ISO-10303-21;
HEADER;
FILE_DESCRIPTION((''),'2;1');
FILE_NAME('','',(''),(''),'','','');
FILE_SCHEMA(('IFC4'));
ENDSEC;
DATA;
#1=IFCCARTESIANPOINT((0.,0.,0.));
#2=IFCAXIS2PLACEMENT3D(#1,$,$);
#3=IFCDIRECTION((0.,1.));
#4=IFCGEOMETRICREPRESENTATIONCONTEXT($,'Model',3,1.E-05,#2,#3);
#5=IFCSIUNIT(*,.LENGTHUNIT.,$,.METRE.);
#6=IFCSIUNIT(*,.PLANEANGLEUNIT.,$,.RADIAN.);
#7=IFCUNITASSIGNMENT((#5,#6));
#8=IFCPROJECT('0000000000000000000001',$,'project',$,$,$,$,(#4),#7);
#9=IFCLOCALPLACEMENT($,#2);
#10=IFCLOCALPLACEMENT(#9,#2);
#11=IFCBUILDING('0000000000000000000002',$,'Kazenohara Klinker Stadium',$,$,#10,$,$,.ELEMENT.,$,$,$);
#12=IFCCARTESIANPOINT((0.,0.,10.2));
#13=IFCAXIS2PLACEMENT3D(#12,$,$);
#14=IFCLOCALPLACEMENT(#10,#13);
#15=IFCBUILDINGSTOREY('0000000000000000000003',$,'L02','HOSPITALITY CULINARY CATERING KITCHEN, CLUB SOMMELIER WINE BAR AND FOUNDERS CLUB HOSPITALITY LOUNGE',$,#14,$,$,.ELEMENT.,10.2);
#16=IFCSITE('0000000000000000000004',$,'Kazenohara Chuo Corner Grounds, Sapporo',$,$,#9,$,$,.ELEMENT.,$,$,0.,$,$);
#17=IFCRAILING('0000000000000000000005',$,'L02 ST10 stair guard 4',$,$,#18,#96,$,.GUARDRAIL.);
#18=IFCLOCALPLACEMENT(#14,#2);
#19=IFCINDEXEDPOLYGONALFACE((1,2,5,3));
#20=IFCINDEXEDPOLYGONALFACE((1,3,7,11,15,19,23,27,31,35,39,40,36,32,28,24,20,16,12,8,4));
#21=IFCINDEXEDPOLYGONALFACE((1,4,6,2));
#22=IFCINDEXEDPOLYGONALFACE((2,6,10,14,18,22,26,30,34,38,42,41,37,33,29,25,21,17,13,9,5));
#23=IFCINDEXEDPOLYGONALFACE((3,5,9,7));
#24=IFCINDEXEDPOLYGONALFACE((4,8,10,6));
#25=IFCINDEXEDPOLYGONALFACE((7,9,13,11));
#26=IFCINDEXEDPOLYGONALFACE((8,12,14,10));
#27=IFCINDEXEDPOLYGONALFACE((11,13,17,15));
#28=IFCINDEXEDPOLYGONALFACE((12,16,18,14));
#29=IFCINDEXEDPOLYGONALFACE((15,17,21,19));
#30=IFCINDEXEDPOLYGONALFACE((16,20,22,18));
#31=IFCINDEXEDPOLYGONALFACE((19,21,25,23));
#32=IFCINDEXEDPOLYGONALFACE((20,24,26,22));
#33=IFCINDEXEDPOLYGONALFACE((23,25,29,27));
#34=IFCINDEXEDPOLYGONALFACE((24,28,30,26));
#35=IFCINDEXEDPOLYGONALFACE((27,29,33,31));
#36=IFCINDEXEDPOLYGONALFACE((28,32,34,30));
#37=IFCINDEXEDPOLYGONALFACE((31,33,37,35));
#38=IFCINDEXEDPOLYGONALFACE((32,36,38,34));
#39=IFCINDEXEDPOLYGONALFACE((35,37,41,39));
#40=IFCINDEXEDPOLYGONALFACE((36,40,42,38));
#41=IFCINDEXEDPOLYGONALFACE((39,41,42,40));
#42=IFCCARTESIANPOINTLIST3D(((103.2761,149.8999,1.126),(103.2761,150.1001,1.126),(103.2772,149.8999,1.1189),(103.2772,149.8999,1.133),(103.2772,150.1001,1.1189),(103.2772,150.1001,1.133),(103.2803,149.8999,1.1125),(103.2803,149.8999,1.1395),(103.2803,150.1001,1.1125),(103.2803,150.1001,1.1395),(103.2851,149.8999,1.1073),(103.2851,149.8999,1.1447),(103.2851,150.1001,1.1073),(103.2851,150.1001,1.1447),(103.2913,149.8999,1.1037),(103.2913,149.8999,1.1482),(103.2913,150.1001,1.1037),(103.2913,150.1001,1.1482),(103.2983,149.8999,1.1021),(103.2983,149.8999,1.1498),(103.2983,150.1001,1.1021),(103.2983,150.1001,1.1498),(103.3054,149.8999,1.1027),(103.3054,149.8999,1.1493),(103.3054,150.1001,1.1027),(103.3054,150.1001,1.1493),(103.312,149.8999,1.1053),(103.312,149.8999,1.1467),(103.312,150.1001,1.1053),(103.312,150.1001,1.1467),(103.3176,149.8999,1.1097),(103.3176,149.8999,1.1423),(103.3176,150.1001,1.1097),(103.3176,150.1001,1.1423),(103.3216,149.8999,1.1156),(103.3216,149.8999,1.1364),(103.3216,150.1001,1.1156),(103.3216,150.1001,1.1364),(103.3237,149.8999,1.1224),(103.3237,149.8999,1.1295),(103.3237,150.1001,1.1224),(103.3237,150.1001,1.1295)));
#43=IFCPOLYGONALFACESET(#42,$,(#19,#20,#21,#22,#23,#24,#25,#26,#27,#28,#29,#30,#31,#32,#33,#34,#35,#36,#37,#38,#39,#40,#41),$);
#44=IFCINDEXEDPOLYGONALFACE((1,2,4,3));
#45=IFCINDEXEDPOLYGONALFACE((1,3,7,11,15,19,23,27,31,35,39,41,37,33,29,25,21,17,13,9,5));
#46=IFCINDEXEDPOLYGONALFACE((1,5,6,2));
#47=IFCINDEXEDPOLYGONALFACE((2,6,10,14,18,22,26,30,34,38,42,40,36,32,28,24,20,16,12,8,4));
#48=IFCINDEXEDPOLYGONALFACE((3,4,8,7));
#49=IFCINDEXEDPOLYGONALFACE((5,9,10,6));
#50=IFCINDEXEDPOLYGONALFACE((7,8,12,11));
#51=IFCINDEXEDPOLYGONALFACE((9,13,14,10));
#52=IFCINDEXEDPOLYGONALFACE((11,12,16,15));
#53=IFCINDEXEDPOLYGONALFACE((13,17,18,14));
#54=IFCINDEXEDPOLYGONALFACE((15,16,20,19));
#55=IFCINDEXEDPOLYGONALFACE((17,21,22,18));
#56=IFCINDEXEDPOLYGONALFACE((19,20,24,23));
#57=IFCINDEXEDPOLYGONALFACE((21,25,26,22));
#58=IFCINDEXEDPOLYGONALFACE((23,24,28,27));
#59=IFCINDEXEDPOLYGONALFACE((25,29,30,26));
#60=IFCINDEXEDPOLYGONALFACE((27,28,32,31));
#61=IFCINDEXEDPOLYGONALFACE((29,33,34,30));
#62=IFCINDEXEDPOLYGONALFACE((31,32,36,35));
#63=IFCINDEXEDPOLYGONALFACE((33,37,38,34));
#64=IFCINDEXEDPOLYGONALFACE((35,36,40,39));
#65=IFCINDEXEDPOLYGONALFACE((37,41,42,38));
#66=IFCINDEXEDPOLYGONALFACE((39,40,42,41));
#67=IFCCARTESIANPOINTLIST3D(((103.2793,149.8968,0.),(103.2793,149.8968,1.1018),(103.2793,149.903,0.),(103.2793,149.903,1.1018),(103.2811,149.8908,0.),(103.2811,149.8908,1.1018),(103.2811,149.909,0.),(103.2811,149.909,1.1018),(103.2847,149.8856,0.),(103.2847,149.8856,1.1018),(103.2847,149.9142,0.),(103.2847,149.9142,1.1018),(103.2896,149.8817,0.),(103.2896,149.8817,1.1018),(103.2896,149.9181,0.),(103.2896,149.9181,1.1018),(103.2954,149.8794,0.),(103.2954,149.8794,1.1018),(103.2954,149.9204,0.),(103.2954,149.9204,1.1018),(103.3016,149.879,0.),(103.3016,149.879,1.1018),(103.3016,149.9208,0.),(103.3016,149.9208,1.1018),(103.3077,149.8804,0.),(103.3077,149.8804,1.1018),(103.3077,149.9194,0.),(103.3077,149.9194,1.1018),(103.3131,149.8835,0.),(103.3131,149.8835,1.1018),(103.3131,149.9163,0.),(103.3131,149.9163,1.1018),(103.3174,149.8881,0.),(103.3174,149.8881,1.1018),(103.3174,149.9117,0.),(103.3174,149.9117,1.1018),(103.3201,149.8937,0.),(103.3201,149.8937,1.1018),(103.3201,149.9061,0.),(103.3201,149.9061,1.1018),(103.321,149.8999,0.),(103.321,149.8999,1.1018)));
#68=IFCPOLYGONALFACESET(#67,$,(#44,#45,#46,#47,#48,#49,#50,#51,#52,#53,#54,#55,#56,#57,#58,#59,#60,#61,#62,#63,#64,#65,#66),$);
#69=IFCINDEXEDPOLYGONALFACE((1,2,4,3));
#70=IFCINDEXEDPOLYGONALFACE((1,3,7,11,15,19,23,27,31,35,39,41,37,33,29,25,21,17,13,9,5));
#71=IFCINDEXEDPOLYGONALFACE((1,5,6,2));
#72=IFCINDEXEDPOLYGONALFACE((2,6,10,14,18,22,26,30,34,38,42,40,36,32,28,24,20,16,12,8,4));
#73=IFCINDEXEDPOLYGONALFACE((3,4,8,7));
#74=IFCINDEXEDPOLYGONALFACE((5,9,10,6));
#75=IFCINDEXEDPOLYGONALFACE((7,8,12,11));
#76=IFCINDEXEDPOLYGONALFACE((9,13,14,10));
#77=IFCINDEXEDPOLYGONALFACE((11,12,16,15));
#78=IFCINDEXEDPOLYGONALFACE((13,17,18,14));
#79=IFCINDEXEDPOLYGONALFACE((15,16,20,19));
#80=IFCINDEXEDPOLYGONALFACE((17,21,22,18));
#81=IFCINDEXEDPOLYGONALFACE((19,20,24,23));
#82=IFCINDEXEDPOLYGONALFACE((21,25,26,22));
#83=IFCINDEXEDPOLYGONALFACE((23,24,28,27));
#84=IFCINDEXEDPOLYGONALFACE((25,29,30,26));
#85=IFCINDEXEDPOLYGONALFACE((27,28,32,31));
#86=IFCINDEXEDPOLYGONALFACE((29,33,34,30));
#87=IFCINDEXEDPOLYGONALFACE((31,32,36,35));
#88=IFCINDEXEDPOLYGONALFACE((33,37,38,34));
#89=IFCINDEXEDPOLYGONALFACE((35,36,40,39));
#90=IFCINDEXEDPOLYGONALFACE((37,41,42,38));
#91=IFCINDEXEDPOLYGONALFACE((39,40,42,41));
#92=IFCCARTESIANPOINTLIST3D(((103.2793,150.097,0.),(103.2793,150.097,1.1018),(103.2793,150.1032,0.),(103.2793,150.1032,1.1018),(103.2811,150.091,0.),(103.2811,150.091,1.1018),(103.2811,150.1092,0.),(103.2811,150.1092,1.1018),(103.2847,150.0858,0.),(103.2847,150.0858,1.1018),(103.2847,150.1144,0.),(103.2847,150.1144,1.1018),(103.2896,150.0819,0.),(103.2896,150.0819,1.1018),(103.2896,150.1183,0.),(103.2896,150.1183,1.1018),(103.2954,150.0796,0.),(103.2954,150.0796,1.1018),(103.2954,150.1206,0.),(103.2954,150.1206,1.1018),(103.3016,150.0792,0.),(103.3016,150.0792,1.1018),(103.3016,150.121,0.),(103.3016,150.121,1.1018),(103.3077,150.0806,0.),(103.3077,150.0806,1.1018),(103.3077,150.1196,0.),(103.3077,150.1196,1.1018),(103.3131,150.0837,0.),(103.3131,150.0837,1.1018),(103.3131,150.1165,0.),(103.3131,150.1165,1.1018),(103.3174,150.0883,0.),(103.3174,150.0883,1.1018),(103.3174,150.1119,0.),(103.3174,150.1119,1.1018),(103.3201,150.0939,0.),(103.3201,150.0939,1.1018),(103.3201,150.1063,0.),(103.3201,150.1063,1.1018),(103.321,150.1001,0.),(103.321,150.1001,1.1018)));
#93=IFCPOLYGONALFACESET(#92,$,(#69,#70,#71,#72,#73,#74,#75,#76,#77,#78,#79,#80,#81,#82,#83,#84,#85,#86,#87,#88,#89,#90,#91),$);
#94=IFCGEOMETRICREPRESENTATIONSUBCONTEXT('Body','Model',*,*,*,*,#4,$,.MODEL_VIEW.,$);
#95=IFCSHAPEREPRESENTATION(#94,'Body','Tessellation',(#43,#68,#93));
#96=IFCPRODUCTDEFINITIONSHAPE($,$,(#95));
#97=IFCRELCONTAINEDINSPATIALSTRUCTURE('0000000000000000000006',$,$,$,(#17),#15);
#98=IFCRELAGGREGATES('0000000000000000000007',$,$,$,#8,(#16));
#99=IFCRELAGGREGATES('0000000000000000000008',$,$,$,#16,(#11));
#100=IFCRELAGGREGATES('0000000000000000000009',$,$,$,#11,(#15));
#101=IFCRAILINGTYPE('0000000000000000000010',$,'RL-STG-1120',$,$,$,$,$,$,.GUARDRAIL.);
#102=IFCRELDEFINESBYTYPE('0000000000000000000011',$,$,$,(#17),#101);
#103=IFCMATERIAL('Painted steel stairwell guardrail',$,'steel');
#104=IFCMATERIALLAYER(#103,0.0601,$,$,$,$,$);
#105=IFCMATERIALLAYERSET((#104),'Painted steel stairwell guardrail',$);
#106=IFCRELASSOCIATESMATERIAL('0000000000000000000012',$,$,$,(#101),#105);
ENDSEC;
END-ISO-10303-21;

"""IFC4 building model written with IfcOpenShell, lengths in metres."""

from ifc_helpers import new_model, si_unit, direction, frame, origin, origin_2d, place, context, subcontext, project, spatial, circle, extrude, material, layer, layer_set, type_object, element, save


model = new_model("IFC4")

# Units and contexts
model_context = context("Model", 3, precision=1e-05, world=origin(), true_north=direction((0.0, 1.0)))
body_context = subcontext(model_context, "Body", "Model", "MODEL_VIEW")
ifc_project = project(units=[si_unit("LENGTHUNIT", "METRE"), si_unit("PLANEANGLEUNIT", "RADIAN")], contexts=[model_context])

# Site, building, storey
site_placement = place(None, origin())
site = spatial("IfcSite", under=ifc_project, at=site_placement, Name="Kazenohara Chuo Corner Grounds, Sapporo", CompositionType="ELEMENT", RefElevation=0.0)
building_placement = place(site_placement, origin())
building = spatial("IfcBuilding", under=site, at=building_placement, Name="Kazenohara Klinker Stadium", CompositionType="ELEMENT")
storey_placement = place(building_placement, frame((0.0, 0.0, 10.2)))
storey = spatial("IfcBuildingStorey", under=building, at=storey_placement, Name="L02", Description="HOSPITALITY CULINARY CATERING KITCHEN, CLUB SOMMELIER WINE BAR AND FOUNDERS CLUB HOSPITALITY LOUNGE", CompositionType="ELEMENT", Elevation=10.2)

# Railing
ifc_material_1 = material(Name="Painted steel stairwell guardrail", Category="steel")
ifc_layer_1 = layer(ifc_material_1, 0.0601)
ifc_layer_set_1 = layer_set([ifc_layer_1], Name="Painted steel stairwell guardrail")
railing_type_1 = type_object("IfcRailingType", Name="RL-STG-1120", PredefinedType="GUARDRAIL", material=ifc_layer_set_1)
railing_1_placement = place(storey_placement, frame((103.3, 149.8999, 0.0)))
element("IfcRailing", 1, at=railing_1_placement, inside=storey, type_object=railing_type_1, Name="L02 ST10 stair guard 4", PredefinedType="GUARDRAIL", context=body_context, shape_type="SweptSolid", body=[
    extrude(circle(Radius=0.0239, at=origin_2d()), frame((0.0, 0.0, 1.126), z_axis=(0.0, 1.0, 0.0), x_axis=(-1.0, 0.0, 0.0)), (0.0, 0.0, 1.0), 0.2002),
    extrude(circle(Radius=0.021, at=origin_2d()), origin(), (0.0, 0.0, 1.0), 1.1018),
    extrude(circle(Radius=0.021, at=origin_2d()), frame((0.0, 0.2002, 0.0)), (0.0, 0.0, 1.0), 1.1018),
])

save(model, "model.ifc")
